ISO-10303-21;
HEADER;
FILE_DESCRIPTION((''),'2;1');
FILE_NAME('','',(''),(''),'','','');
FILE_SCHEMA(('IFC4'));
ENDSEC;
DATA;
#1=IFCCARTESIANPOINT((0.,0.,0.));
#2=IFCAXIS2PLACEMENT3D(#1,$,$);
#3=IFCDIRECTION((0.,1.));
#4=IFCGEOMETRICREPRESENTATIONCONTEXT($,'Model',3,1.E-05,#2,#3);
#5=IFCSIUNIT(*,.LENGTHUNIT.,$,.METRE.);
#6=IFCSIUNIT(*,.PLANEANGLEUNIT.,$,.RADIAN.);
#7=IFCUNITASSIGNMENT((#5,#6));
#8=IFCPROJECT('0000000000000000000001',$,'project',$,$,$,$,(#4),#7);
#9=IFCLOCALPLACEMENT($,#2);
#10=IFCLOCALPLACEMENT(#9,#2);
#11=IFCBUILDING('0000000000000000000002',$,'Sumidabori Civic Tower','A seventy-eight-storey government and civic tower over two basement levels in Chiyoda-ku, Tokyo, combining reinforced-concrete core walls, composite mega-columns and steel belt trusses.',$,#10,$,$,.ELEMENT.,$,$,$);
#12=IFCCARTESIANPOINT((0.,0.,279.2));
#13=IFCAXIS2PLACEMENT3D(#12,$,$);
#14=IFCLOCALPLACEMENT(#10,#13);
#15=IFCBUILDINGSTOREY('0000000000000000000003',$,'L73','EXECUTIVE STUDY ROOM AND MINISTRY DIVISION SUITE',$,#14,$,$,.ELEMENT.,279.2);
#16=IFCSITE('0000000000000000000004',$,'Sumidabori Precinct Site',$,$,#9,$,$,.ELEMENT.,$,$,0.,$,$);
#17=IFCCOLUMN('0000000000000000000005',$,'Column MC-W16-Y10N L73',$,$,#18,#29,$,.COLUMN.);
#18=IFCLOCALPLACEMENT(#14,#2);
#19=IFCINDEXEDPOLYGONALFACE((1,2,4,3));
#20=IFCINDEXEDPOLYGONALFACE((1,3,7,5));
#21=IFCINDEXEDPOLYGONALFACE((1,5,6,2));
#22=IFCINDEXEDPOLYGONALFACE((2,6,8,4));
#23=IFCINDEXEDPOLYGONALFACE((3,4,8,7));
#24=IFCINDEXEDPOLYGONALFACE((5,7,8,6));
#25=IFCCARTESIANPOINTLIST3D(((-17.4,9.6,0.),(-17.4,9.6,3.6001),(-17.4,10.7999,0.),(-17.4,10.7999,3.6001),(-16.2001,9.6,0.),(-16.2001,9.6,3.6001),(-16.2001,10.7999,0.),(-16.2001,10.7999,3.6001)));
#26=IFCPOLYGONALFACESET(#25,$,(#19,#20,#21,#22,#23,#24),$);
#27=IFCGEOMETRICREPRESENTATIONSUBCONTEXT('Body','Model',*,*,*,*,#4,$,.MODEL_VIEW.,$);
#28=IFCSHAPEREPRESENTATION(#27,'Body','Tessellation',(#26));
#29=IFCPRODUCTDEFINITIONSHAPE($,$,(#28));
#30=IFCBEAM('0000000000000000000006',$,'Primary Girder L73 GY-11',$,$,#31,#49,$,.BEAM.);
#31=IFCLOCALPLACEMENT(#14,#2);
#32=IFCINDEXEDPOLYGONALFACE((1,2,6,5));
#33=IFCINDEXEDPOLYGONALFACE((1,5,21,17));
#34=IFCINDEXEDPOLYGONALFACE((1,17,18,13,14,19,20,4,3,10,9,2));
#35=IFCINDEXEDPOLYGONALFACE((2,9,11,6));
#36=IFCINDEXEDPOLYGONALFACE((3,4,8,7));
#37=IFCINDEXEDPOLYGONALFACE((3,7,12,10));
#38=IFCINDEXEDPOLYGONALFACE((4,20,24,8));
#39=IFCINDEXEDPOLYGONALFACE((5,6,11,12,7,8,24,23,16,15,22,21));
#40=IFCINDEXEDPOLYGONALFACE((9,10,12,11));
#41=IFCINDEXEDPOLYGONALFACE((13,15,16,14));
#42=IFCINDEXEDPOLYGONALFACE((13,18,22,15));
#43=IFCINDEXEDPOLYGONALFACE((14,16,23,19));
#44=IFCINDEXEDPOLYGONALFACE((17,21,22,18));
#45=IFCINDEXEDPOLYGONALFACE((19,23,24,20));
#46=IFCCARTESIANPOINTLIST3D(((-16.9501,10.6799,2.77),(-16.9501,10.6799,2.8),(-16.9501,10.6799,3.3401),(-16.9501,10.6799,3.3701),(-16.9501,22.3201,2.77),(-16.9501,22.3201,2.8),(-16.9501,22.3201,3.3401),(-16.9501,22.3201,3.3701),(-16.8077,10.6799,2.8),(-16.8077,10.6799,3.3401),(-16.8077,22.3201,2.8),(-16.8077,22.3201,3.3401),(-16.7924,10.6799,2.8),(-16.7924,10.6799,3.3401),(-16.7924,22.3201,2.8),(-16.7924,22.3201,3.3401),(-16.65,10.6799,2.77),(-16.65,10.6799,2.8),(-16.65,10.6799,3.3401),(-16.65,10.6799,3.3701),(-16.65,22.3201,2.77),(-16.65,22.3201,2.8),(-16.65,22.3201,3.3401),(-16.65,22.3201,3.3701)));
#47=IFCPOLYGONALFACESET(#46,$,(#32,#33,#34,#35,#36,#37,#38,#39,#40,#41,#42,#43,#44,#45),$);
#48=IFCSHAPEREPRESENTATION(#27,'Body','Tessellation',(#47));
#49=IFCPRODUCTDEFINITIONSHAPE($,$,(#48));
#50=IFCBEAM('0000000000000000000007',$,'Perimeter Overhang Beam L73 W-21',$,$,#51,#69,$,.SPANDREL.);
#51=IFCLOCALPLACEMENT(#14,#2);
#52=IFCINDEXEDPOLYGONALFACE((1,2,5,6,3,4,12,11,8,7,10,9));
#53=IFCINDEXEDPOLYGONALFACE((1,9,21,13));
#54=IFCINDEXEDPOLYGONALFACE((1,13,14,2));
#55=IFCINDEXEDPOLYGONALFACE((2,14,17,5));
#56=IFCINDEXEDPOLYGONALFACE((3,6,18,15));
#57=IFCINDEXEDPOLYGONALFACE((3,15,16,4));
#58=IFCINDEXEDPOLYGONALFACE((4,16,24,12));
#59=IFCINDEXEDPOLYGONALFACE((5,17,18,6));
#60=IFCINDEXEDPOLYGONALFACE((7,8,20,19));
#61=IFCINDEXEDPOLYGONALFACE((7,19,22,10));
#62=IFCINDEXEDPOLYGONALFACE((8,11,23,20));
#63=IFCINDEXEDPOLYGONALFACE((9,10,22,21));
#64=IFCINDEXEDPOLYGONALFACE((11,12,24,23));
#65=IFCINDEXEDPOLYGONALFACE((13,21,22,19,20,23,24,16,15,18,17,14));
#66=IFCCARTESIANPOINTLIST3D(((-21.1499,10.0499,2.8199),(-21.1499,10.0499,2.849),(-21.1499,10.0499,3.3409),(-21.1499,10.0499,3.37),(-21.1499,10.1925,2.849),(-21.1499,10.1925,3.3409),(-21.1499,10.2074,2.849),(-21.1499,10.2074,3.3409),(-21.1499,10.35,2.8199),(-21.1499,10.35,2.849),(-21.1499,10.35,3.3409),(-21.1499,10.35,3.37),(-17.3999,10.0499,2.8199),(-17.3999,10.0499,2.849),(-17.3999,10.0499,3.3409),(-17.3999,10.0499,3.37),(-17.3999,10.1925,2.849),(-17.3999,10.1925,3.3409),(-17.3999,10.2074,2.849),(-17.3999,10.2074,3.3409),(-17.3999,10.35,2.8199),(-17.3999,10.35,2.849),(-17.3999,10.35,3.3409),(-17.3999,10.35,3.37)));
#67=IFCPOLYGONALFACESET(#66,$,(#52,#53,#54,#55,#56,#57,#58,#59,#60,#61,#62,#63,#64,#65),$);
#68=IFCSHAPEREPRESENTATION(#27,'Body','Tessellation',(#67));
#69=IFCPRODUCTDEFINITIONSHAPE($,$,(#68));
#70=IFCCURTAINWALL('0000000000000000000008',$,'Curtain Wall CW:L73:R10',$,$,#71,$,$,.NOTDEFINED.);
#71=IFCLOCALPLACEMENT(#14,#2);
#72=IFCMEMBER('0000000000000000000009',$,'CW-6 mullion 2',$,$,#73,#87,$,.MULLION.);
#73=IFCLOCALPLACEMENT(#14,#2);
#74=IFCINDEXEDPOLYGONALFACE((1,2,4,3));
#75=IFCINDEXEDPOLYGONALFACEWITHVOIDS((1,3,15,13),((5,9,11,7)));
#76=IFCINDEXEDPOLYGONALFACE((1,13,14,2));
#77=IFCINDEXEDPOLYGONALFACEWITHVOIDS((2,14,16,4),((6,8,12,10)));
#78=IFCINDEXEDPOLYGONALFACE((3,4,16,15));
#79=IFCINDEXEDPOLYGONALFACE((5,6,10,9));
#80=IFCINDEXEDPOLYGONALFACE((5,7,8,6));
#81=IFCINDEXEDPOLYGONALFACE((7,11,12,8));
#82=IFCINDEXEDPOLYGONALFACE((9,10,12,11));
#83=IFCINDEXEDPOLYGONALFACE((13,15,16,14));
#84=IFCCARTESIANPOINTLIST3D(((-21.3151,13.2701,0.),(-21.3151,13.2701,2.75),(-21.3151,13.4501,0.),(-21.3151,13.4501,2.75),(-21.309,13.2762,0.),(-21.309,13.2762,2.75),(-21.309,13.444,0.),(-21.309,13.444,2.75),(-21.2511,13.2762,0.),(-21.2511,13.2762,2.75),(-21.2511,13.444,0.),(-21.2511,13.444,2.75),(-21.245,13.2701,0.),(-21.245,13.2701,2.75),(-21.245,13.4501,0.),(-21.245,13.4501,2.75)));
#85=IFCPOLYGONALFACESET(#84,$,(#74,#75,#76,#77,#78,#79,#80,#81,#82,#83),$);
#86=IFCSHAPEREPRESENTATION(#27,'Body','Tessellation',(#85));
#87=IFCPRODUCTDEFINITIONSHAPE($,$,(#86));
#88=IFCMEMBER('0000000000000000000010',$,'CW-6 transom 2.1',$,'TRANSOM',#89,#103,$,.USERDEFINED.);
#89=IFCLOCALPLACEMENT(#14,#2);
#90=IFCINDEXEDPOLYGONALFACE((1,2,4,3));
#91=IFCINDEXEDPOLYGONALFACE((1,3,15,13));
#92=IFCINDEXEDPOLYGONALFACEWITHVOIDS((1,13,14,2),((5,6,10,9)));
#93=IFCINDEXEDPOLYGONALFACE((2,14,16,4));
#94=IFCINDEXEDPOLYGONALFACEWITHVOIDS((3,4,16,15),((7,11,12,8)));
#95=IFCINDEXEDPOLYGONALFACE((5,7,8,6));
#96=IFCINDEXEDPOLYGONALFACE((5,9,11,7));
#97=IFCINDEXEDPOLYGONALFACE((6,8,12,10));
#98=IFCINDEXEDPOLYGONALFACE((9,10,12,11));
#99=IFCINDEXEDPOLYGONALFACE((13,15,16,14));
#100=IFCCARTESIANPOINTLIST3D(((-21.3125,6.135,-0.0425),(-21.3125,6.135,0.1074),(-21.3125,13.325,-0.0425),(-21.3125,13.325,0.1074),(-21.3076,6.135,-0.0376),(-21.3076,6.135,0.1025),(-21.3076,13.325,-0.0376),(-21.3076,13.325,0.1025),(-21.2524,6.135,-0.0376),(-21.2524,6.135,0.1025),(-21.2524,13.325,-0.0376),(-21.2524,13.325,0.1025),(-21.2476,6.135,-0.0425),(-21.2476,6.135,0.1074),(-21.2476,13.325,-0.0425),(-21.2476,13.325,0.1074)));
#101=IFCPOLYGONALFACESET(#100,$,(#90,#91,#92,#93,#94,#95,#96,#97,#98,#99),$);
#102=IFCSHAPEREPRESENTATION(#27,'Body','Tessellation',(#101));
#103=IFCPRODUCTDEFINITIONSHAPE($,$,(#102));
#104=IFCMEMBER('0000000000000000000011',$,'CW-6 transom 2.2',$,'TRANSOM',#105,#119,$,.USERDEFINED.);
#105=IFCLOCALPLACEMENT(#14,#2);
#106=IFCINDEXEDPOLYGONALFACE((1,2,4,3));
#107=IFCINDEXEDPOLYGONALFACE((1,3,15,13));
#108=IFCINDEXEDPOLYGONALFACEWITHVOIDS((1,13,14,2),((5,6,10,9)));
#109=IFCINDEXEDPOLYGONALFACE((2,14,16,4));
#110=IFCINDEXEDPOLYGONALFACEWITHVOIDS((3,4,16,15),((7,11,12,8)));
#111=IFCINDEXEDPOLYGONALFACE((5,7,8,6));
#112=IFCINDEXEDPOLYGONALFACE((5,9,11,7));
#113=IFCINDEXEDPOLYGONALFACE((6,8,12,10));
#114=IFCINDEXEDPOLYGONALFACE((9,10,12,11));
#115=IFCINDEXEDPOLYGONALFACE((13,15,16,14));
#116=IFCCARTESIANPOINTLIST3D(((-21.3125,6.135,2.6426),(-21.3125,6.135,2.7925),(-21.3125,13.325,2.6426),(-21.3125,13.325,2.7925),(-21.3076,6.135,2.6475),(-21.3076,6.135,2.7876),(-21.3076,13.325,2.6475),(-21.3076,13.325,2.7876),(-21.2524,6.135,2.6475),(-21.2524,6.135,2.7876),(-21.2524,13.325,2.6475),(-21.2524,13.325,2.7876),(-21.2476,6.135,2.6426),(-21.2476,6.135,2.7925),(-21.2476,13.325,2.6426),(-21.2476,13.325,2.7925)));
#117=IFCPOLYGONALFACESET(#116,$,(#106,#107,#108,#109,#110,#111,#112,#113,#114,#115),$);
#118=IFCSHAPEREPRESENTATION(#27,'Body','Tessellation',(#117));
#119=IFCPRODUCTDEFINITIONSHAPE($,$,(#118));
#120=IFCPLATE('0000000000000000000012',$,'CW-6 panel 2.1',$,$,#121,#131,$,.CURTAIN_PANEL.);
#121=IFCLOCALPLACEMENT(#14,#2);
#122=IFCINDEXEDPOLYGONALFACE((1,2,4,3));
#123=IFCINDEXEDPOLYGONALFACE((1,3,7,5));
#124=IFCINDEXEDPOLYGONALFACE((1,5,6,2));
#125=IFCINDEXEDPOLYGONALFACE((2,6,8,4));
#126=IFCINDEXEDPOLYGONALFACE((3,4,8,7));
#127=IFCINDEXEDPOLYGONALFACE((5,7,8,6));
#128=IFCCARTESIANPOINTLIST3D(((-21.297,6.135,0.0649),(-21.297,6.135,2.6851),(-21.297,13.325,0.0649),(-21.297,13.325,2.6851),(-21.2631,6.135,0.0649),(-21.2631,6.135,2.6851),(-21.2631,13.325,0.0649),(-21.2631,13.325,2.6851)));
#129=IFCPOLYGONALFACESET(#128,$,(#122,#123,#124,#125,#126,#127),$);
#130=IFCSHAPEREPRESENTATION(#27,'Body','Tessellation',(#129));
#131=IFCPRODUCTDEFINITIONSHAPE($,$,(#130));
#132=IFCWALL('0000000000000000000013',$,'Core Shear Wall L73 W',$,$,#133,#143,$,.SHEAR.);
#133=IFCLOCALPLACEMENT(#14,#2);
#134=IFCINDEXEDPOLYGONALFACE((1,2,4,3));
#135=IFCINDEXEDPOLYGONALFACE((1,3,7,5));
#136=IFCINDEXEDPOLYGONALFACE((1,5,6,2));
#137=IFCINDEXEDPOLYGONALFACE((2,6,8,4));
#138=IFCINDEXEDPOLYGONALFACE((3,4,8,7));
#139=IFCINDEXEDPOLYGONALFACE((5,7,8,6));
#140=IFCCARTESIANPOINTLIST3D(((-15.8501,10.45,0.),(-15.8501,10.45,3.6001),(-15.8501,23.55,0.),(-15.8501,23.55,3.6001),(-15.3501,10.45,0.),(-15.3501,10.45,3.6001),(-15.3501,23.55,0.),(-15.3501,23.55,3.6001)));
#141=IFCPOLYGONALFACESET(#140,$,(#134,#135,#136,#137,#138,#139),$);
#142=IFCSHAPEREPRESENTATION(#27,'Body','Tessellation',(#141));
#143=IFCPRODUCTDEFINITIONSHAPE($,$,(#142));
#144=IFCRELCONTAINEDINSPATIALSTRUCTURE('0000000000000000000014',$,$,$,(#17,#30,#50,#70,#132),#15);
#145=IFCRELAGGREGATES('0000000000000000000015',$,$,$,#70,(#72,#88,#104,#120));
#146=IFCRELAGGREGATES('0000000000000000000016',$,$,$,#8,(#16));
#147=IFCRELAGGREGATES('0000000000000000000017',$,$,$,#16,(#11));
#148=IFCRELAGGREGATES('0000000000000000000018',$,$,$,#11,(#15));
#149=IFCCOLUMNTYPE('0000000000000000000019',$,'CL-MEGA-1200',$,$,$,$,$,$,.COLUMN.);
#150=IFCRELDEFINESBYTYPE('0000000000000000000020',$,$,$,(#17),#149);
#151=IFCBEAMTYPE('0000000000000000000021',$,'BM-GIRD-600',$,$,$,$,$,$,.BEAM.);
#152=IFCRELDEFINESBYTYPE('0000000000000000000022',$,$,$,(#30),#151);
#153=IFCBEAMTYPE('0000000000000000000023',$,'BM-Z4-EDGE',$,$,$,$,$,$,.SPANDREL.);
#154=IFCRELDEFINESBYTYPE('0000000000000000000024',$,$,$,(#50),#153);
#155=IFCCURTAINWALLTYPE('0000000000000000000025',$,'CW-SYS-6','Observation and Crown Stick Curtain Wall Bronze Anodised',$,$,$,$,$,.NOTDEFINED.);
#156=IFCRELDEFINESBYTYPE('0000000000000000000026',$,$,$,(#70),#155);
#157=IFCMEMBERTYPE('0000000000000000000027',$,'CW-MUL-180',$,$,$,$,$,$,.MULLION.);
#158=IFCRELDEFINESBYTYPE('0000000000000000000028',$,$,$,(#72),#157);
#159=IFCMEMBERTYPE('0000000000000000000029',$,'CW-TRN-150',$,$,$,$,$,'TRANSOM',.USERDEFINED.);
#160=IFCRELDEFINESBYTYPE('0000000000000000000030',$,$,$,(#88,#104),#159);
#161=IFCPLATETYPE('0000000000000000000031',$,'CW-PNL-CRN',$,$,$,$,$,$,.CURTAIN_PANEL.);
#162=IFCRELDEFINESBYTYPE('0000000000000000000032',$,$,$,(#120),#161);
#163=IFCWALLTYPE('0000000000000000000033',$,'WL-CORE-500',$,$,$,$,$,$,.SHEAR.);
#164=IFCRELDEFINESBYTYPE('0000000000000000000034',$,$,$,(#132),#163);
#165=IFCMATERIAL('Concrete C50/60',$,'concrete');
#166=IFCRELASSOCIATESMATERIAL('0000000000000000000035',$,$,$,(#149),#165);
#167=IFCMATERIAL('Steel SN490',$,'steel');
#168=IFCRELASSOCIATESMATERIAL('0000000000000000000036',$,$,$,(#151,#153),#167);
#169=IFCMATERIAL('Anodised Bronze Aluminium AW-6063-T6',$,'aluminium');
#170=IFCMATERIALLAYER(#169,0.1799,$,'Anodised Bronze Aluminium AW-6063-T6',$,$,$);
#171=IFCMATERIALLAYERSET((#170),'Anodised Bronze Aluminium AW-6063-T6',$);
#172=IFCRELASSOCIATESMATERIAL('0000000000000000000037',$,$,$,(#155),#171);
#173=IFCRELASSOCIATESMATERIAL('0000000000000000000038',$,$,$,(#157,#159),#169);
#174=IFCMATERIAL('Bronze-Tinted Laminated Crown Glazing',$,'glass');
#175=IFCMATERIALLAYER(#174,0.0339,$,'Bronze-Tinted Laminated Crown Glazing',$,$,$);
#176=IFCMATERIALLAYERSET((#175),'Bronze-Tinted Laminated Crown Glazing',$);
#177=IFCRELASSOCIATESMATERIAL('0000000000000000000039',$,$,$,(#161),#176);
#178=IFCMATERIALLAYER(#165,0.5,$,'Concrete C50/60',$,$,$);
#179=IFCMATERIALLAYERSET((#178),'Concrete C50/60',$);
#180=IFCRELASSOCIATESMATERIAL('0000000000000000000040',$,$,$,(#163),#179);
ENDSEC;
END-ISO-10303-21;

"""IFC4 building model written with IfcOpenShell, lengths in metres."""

from ifc_helpers import new_model, si_unit, direction, frame, frame_2d, origin, origin_2d, place, context, subcontext, project, spatial, rectangle, hollow_rectangle, i_section, extrude, source, transform, mapped, material, layer, layer_set, material_profile, profile_set, type_object, element, aggregate, save


model = new_model("IFC4")

# Units and contexts
model_context = context("Model", 3, precision=1e-05, world=origin(), true_north=direction((0.0, 1.0)))
body_context = subcontext(model_context, "Body", "Model", "MODEL_VIEW")
ifc_project = project(units=[si_unit("LENGTHUNIT", "METRE"), si_unit("PLANEANGLEUNIT", "RADIAN")], contexts=[model_context])

# Site, building, storey
site_placement = place(None, origin())
site = spatial("IfcSite", under=ifc_project, at=site_placement, Name="Sumidabori Precinct Site", CompositionType="ELEMENT", RefElevation=0.0)
building_placement = place(site_placement, origin())
building = spatial("IfcBuilding", under=site, at=building_placement, Name="Sumidabori Civic Tower", Description="A seventy-eight-storey government and civic tower over two basement levels in Chiyoda-ku, Tokyo, combining reinforced-concrete core walls, composite mega-columns and steel belt trusses.", CompositionType="ELEMENT")
storey_placement = place(building_placement, frame((0.0, 0.0, 279.2)))
storey = spatial("IfcBuildingStorey", under=building, at=storey_placement, Name="L73", Description="EXECUTIVE STUDY ROOM AND MINISTRY DIVISION SUITE", CompositionType="ELEMENT", Elevation=279.2)

# Column
ifc_material_1 = material(Name="Concrete C50/60", Category="concrete")
ifc_material_profile_1 = material_profile(ifc_material_1, rectangle(XDim=1.2, YDim=1.2, at=origin_2d()), Name="RC 1200x1200")
ifc_profile_set_1 = profile_set([ifc_material_profile_1], Name="Concrete C50/60")
column_type = type_object("IfcColumnType", Name="CL-MEGA-1200", PredefinedType="COLUMN", material=ifc_profile_set_1)
shared_shape_1 = source(origin(), body_context, "Body", "SweptSolid", [
    extrude(rectangle(XDim=1.2, YDim=1.2, at=origin_2d()), origin(), (0.0, 0.0, 1.0), 3.6001),
])
column_placement = place(storey_placement, frame((-16.8, 10.2, 0.0), z_axis=(0.0, 0.0, 1.0), x_axis=(1.0, 0.0, 0.0)))
element("IfcColumn", 1, at=column_placement, inside=storey, type_object=column_type, Name="Column MC-W16-Y10N L73", PredefinedType="COLUMN", context=body_context, shape_type="MappedRepresentation", body=[
    mapped(shared_shape_1, transform((0.0, 0.0, 0.0), x_axis=(1.0, 0.0, 0.0), y_axis=(0.0, 1.0, 0.0), z_axis=(0.0, 0.0, 1.0), scale=1.0)),
])

# Beams
ifc_material_2 = material(Name="Steel SN490", Category="steel")
ifc_material_profile_2 = material_profile(ifc_material_2, i_section(OverallWidth=0.3, OverallDepth=0.6001, WebThickness=0.0154, FlangeThickness=0.03, at=origin_2d()), Name="HE 600 B")
ifc_profile_set_2 = profile_set([ifc_material_profile_2], Name="Steel SN490")
beam_type_1 = type_object("IfcBeamType", Name="BM-GIRD-600", PredefinedType="BEAM", material=ifc_profile_set_2)
shared_shape_2 = source(origin(), body_context, "Body", "SweptSolid", [
    extrude(i_section(OverallWidth=0.3, OverallDepth=0.6001, WebThickness=0.0154, FlangeThickness=0.03, at=origin_2d()), origin(), (0.0, 0.0, 1.0), 11.6401),
])
beam_1_placement = place(storey_placement, frame((-16.8, 10.6799, 3.0701), z_axis=(0.0, 1.0, 0.0), x_axis=(-1.0, 0.0, 0.0)))
element("IfcBeam", 2, at=beam_1_placement, inside=storey, type_object=beam_type_1, Name="Primary Girder L73 GY-11", PredefinedType="BEAM", context=body_context, shape_type="MappedRepresentation", body=[
    mapped(shared_shape_2, transform((0.0, 0.0, 0.0), x_axis=(1.0, 0.0, 0.0), y_axis=(0.0, 1.0, 0.0), z_axis=(0.0, 0.0, 1.0), scale=1.0)),
])
ifc_material_profile_3 = material_profile(ifc_material_2, i_section(OverallWidth=0.3, OverallDepth=0.55, WebThickness=0.0149, FlangeThickness=0.0291, at=origin_2d()), Name="HE 550 B")
ifc_profile_set_3 = profile_set([ifc_material_profile_3], Name="Steel SN490")
beam_type_2 = type_object("IfcBeamType", Name="BM-Z4-EDGE", PredefinedType="SPANDREL", material=ifc_profile_set_3)
shared_shape_3 = source(origin(), body_context, "Body", "SweptSolid", [
    extrude(i_section(OverallWidth=0.3, OverallDepth=0.55, WebThickness=0.0149, FlangeThickness=0.0291, at=origin_2d()), origin(), (0.0, 0.0, 1.0), 3.75),
])
beam_2_placement = place(storey_placement, frame((-21.1499, 10.2, 3.095), z_axis=(1.0, 0.0, 0.0), x_axis=(0.0, 1.0, 0.0)))
element("IfcBeam", 3, at=beam_2_placement, inside=storey, type_object=beam_type_2, Name="Perimeter Overhang Beam L73 W-21", PredefinedType="SPANDREL", context=body_context, shape_type="MappedRepresentation", body=[
    mapped(shared_shape_3, transform((0.0, 0.0, 0.0), x_axis=(1.0, 0.0, 0.0), y_axis=(0.0, 1.0, 0.0), z_axis=(0.0, 0.0, 1.0), scale=1.0)),
])

# Curtain wall, members, plate
ifc_material_3 = material(Name="Anodised Bronze Aluminium AW-6063-T6", Category="aluminium")
ifc_layer_1 = layer(ifc_material_3, 0.1799, Name="Anodised Bronze Aluminium AW-6063-T6")
ifc_layer_set_1 = layer_set([ifc_layer_1], Name="Anodised Bronze Aluminium AW-6063-T6")
curtain_wall_type = type_object("IfcCurtainWallType", Name="CW-SYS-6", Description="Observation and Crown Stick Curtain Wall Bronze Anodised", PredefinedType="NOTDEFINED", material=ifc_layer_set_1)
curtain_wall_placement = place(storey_placement, origin())
curtain_wall = element("IfcCurtainWall", 4, at=curtain_wall_placement, inside=storey, type_object=curtain_wall_type, Name="Curtain Wall CW:L73:R10", PredefinedType="NOTDEFINED")
ifc_material_profile_4 = material_profile(ifc_material_3, hollow_rectangle(XDim=0.0701, YDim=0.1799, WallThickness=0.0061, at=origin_2d()), Name="ALU MULLION 180x70")
ifc_profile_set_4 = profile_set([ifc_material_profile_4], Name="Anodised Bronze Aluminium AW-6063-T6")
member_type_1 = type_object("IfcMemberType", Name="CW-MUL-180", PredefinedType="MULLION", material=ifc_profile_set_4)
shared_shape_4 = source(origin(), body_context, "Body", "SweptSolid", [
    extrude(hollow_rectangle(XDim=0.0701, YDim=0.1799, WallThickness=0.0061, at=origin_2d()), origin(), (0.0, 0.0, 1.0), 2.75),
])
member_1_placement = place(storey_placement, frame((-21.28, 13.3601, 0.0), z_axis=(0.0, 0.0, 1.0), x_axis=(1.0, 0.0, 0.0)))
member_1 = element("IfcMember", 5, at=member_1_placement, type_object=member_type_1, Name="CW-6 mullion 2", PredefinedType="MULLION", context=body_context, shape_type="MappedRepresentation", body=[
    mapped(shared_shape_4, transform((0.0, 0.0, 0.0), x_axis=(1.0, 0.0, 0.0), y_axis=(0.0, 1.0, 0.0), z_axis=(0.0, 0.0, 1.0), scale=1.0)),
])
ifc_material_profile_5 = material_profile(ifc_material_3, hollow_rectangle(XDim=0.0649, YDim=0.1499, WallThickness=0.0049, at=origin_2d()), Name="ALU TRANSOM 150x65")
ifc_profile_set_5 = profile_set([ifc_material_profile_5], Name="Anodised Bronze Aluminium AW-6063-T6")
member_type_2 = type_object("IfcMemberType", Name="CW-TRN-150", ElementType="TRANSOM", PredefinedType="USERDEFINED", material=ifc_profile_set_5)
shared_shape_5 = source(origin(), body_context, "Body", "SweptSolid", [
    extrude(hollow_rectangle(XDim=0.0649, YDim=0.1499, WallThickness=0.0049, at=origin_2d()), origin(), (0.0, 0.0, 1.0), 7.1899),
])
member_2_placement = place(storey_placement, frame((-21.28, 13.325, 0.0325), z_axis=(0.0, -1.0, 0.0), x_axis=(1.0, 0.0, 0.0)))
member_2 = element("IfcMember", 6, at=member_2_placement, type_object=member_type_2, Name="CW-6 transom 2.1", ObjectType="TRANSOM", PredefinedType="USERDEFINED", context=body_context, shape_type="MappedRepresentation", body=[
    mapped(shared_shape_5, transform((0.0, 0.0, 0.0), x_axis=(1.0, 0.0, 0.0), y_axis=(0.0, 1.0, 0.0), z_axis=(0.0, 0.0, 1.0), scale=1.0)),
])
member_3_placement = place(storey_placement, frame((-21.28, 13.325, 2.7175), z_axis=(0.0, -1.0, 0.0), x_axis=(1.0, 0.0, 0.0)))
member_3 = element("IfcMember", 7, at=member_3_placement, type_object=member_type_2, Name="CW-6 transom 2.2", ObjectType="TRANSOM", PredefinedType="USERDEFINED", context=body_context, shape_type="MappedRepresentation", body=[
    mapped(shared_shape_5, transform((0.0, 0.0, 0.0), x_axis=(1.0, 0.0, 0.0), y_axis=(0.0, 1.0, 0.0), z_axis=(0.0, 0.0, 1.0), scale=1.0)),
])
ifc_material_4 = material(Name="Bronze-Tinted Laminated Crown Glazing", Category="glass")
ifc_layer_2 = layer(ifc_material_4, 0.0339, Name="Bronze-Tinted Laminated Crown Glazing")
ifc_layer_set_2 = layer_set([ifc_layer_2], Name="Bronze-Tinted Laminated Crown Glazing")
plate_type = type_object("IfcPlateType", Name="CW-PNL-CRN", PredefinedType="CURTAIN_PANEL", material=ifc_layer_set_2)
shared_shape_6 = source(origin(), body_context, "Body", "SweptSolid", [
    extrude(rectangle(XDim=7.1899, YDim=0.0339, at=origin_2d()), origin(), (0.0, 0.0, 1.0), 2.6201),
])
plate_placement = place(storey_placement, frame((-21.28, 9.73, 0.0649), z_axis=(0.0, 0.0, 1.0), x_axis=(0.0, -1.0, 0.0)))
plate = element("IfcPlate", 8, at=plate_placement, type_object=plate_type, Name="CW-6 panel 2.1", PredefinedType="CURTAIN_PANEL", context=body_context, shape_type="MappedRepresentation", body=[
    mapped(shared_shape_6, transform((0.0, 0.0, 0.0), x_axis=(1.0, 0.0, 0.0), y_axis=(0.0, 1.0, 0.0), z_axis=(0.0, 0.0, 1.0), scale=1.0)),
])
aggregate(curtain_wall, [member_1, member_2, member_3, plate])

# Wall
ifc_layer_3 = layer(ifc_material_1, 0.5, Name="Concrete C50/60")
ifc_layer_set_3 = layer_set([ifc_layer_3], Name="Concrete C50/60")
wall_type_1 = type_object("IfcWallType", Name="WL-CORE-500", PredefinedType="SHEAR", material=ifc_layer_set_3)
shared_shape_7 = source(origin(), body_context, "Body", "SweptSolid", [
    extrude(rectangle(XDim=13.1001, YDim=0.5, at=frame_2d((6.55, 0.0))), origin(), (0.0, 0.0, 1.0), 3.6001),
])
wall_1_placement = place(storey_placement, frame((-15.6001, 10.45, 0.0), z_axis=(0.0, 0.0, 1.0), x_axis=(0.0, 1.0, 0.0)))
element("IfcWall", 9, at=wall_1_placement, inside=storey, type_object=wall_type_1, Name="Core Shear Wall L73 W", PredefinedType="SHEAR", context=body_context, shape_type="MappedRepresentation", body=[
    mapped(shared_shape_7, transform((0.0, 0.0, 0.0), x_axis=(1.0, 0.0, 0.0), y_axis=(0.0, 1.0, 0.0), z_axis=(0.0, 0.0, 1.0), scale=1.0)),
])

save(model, "model.ifc")
